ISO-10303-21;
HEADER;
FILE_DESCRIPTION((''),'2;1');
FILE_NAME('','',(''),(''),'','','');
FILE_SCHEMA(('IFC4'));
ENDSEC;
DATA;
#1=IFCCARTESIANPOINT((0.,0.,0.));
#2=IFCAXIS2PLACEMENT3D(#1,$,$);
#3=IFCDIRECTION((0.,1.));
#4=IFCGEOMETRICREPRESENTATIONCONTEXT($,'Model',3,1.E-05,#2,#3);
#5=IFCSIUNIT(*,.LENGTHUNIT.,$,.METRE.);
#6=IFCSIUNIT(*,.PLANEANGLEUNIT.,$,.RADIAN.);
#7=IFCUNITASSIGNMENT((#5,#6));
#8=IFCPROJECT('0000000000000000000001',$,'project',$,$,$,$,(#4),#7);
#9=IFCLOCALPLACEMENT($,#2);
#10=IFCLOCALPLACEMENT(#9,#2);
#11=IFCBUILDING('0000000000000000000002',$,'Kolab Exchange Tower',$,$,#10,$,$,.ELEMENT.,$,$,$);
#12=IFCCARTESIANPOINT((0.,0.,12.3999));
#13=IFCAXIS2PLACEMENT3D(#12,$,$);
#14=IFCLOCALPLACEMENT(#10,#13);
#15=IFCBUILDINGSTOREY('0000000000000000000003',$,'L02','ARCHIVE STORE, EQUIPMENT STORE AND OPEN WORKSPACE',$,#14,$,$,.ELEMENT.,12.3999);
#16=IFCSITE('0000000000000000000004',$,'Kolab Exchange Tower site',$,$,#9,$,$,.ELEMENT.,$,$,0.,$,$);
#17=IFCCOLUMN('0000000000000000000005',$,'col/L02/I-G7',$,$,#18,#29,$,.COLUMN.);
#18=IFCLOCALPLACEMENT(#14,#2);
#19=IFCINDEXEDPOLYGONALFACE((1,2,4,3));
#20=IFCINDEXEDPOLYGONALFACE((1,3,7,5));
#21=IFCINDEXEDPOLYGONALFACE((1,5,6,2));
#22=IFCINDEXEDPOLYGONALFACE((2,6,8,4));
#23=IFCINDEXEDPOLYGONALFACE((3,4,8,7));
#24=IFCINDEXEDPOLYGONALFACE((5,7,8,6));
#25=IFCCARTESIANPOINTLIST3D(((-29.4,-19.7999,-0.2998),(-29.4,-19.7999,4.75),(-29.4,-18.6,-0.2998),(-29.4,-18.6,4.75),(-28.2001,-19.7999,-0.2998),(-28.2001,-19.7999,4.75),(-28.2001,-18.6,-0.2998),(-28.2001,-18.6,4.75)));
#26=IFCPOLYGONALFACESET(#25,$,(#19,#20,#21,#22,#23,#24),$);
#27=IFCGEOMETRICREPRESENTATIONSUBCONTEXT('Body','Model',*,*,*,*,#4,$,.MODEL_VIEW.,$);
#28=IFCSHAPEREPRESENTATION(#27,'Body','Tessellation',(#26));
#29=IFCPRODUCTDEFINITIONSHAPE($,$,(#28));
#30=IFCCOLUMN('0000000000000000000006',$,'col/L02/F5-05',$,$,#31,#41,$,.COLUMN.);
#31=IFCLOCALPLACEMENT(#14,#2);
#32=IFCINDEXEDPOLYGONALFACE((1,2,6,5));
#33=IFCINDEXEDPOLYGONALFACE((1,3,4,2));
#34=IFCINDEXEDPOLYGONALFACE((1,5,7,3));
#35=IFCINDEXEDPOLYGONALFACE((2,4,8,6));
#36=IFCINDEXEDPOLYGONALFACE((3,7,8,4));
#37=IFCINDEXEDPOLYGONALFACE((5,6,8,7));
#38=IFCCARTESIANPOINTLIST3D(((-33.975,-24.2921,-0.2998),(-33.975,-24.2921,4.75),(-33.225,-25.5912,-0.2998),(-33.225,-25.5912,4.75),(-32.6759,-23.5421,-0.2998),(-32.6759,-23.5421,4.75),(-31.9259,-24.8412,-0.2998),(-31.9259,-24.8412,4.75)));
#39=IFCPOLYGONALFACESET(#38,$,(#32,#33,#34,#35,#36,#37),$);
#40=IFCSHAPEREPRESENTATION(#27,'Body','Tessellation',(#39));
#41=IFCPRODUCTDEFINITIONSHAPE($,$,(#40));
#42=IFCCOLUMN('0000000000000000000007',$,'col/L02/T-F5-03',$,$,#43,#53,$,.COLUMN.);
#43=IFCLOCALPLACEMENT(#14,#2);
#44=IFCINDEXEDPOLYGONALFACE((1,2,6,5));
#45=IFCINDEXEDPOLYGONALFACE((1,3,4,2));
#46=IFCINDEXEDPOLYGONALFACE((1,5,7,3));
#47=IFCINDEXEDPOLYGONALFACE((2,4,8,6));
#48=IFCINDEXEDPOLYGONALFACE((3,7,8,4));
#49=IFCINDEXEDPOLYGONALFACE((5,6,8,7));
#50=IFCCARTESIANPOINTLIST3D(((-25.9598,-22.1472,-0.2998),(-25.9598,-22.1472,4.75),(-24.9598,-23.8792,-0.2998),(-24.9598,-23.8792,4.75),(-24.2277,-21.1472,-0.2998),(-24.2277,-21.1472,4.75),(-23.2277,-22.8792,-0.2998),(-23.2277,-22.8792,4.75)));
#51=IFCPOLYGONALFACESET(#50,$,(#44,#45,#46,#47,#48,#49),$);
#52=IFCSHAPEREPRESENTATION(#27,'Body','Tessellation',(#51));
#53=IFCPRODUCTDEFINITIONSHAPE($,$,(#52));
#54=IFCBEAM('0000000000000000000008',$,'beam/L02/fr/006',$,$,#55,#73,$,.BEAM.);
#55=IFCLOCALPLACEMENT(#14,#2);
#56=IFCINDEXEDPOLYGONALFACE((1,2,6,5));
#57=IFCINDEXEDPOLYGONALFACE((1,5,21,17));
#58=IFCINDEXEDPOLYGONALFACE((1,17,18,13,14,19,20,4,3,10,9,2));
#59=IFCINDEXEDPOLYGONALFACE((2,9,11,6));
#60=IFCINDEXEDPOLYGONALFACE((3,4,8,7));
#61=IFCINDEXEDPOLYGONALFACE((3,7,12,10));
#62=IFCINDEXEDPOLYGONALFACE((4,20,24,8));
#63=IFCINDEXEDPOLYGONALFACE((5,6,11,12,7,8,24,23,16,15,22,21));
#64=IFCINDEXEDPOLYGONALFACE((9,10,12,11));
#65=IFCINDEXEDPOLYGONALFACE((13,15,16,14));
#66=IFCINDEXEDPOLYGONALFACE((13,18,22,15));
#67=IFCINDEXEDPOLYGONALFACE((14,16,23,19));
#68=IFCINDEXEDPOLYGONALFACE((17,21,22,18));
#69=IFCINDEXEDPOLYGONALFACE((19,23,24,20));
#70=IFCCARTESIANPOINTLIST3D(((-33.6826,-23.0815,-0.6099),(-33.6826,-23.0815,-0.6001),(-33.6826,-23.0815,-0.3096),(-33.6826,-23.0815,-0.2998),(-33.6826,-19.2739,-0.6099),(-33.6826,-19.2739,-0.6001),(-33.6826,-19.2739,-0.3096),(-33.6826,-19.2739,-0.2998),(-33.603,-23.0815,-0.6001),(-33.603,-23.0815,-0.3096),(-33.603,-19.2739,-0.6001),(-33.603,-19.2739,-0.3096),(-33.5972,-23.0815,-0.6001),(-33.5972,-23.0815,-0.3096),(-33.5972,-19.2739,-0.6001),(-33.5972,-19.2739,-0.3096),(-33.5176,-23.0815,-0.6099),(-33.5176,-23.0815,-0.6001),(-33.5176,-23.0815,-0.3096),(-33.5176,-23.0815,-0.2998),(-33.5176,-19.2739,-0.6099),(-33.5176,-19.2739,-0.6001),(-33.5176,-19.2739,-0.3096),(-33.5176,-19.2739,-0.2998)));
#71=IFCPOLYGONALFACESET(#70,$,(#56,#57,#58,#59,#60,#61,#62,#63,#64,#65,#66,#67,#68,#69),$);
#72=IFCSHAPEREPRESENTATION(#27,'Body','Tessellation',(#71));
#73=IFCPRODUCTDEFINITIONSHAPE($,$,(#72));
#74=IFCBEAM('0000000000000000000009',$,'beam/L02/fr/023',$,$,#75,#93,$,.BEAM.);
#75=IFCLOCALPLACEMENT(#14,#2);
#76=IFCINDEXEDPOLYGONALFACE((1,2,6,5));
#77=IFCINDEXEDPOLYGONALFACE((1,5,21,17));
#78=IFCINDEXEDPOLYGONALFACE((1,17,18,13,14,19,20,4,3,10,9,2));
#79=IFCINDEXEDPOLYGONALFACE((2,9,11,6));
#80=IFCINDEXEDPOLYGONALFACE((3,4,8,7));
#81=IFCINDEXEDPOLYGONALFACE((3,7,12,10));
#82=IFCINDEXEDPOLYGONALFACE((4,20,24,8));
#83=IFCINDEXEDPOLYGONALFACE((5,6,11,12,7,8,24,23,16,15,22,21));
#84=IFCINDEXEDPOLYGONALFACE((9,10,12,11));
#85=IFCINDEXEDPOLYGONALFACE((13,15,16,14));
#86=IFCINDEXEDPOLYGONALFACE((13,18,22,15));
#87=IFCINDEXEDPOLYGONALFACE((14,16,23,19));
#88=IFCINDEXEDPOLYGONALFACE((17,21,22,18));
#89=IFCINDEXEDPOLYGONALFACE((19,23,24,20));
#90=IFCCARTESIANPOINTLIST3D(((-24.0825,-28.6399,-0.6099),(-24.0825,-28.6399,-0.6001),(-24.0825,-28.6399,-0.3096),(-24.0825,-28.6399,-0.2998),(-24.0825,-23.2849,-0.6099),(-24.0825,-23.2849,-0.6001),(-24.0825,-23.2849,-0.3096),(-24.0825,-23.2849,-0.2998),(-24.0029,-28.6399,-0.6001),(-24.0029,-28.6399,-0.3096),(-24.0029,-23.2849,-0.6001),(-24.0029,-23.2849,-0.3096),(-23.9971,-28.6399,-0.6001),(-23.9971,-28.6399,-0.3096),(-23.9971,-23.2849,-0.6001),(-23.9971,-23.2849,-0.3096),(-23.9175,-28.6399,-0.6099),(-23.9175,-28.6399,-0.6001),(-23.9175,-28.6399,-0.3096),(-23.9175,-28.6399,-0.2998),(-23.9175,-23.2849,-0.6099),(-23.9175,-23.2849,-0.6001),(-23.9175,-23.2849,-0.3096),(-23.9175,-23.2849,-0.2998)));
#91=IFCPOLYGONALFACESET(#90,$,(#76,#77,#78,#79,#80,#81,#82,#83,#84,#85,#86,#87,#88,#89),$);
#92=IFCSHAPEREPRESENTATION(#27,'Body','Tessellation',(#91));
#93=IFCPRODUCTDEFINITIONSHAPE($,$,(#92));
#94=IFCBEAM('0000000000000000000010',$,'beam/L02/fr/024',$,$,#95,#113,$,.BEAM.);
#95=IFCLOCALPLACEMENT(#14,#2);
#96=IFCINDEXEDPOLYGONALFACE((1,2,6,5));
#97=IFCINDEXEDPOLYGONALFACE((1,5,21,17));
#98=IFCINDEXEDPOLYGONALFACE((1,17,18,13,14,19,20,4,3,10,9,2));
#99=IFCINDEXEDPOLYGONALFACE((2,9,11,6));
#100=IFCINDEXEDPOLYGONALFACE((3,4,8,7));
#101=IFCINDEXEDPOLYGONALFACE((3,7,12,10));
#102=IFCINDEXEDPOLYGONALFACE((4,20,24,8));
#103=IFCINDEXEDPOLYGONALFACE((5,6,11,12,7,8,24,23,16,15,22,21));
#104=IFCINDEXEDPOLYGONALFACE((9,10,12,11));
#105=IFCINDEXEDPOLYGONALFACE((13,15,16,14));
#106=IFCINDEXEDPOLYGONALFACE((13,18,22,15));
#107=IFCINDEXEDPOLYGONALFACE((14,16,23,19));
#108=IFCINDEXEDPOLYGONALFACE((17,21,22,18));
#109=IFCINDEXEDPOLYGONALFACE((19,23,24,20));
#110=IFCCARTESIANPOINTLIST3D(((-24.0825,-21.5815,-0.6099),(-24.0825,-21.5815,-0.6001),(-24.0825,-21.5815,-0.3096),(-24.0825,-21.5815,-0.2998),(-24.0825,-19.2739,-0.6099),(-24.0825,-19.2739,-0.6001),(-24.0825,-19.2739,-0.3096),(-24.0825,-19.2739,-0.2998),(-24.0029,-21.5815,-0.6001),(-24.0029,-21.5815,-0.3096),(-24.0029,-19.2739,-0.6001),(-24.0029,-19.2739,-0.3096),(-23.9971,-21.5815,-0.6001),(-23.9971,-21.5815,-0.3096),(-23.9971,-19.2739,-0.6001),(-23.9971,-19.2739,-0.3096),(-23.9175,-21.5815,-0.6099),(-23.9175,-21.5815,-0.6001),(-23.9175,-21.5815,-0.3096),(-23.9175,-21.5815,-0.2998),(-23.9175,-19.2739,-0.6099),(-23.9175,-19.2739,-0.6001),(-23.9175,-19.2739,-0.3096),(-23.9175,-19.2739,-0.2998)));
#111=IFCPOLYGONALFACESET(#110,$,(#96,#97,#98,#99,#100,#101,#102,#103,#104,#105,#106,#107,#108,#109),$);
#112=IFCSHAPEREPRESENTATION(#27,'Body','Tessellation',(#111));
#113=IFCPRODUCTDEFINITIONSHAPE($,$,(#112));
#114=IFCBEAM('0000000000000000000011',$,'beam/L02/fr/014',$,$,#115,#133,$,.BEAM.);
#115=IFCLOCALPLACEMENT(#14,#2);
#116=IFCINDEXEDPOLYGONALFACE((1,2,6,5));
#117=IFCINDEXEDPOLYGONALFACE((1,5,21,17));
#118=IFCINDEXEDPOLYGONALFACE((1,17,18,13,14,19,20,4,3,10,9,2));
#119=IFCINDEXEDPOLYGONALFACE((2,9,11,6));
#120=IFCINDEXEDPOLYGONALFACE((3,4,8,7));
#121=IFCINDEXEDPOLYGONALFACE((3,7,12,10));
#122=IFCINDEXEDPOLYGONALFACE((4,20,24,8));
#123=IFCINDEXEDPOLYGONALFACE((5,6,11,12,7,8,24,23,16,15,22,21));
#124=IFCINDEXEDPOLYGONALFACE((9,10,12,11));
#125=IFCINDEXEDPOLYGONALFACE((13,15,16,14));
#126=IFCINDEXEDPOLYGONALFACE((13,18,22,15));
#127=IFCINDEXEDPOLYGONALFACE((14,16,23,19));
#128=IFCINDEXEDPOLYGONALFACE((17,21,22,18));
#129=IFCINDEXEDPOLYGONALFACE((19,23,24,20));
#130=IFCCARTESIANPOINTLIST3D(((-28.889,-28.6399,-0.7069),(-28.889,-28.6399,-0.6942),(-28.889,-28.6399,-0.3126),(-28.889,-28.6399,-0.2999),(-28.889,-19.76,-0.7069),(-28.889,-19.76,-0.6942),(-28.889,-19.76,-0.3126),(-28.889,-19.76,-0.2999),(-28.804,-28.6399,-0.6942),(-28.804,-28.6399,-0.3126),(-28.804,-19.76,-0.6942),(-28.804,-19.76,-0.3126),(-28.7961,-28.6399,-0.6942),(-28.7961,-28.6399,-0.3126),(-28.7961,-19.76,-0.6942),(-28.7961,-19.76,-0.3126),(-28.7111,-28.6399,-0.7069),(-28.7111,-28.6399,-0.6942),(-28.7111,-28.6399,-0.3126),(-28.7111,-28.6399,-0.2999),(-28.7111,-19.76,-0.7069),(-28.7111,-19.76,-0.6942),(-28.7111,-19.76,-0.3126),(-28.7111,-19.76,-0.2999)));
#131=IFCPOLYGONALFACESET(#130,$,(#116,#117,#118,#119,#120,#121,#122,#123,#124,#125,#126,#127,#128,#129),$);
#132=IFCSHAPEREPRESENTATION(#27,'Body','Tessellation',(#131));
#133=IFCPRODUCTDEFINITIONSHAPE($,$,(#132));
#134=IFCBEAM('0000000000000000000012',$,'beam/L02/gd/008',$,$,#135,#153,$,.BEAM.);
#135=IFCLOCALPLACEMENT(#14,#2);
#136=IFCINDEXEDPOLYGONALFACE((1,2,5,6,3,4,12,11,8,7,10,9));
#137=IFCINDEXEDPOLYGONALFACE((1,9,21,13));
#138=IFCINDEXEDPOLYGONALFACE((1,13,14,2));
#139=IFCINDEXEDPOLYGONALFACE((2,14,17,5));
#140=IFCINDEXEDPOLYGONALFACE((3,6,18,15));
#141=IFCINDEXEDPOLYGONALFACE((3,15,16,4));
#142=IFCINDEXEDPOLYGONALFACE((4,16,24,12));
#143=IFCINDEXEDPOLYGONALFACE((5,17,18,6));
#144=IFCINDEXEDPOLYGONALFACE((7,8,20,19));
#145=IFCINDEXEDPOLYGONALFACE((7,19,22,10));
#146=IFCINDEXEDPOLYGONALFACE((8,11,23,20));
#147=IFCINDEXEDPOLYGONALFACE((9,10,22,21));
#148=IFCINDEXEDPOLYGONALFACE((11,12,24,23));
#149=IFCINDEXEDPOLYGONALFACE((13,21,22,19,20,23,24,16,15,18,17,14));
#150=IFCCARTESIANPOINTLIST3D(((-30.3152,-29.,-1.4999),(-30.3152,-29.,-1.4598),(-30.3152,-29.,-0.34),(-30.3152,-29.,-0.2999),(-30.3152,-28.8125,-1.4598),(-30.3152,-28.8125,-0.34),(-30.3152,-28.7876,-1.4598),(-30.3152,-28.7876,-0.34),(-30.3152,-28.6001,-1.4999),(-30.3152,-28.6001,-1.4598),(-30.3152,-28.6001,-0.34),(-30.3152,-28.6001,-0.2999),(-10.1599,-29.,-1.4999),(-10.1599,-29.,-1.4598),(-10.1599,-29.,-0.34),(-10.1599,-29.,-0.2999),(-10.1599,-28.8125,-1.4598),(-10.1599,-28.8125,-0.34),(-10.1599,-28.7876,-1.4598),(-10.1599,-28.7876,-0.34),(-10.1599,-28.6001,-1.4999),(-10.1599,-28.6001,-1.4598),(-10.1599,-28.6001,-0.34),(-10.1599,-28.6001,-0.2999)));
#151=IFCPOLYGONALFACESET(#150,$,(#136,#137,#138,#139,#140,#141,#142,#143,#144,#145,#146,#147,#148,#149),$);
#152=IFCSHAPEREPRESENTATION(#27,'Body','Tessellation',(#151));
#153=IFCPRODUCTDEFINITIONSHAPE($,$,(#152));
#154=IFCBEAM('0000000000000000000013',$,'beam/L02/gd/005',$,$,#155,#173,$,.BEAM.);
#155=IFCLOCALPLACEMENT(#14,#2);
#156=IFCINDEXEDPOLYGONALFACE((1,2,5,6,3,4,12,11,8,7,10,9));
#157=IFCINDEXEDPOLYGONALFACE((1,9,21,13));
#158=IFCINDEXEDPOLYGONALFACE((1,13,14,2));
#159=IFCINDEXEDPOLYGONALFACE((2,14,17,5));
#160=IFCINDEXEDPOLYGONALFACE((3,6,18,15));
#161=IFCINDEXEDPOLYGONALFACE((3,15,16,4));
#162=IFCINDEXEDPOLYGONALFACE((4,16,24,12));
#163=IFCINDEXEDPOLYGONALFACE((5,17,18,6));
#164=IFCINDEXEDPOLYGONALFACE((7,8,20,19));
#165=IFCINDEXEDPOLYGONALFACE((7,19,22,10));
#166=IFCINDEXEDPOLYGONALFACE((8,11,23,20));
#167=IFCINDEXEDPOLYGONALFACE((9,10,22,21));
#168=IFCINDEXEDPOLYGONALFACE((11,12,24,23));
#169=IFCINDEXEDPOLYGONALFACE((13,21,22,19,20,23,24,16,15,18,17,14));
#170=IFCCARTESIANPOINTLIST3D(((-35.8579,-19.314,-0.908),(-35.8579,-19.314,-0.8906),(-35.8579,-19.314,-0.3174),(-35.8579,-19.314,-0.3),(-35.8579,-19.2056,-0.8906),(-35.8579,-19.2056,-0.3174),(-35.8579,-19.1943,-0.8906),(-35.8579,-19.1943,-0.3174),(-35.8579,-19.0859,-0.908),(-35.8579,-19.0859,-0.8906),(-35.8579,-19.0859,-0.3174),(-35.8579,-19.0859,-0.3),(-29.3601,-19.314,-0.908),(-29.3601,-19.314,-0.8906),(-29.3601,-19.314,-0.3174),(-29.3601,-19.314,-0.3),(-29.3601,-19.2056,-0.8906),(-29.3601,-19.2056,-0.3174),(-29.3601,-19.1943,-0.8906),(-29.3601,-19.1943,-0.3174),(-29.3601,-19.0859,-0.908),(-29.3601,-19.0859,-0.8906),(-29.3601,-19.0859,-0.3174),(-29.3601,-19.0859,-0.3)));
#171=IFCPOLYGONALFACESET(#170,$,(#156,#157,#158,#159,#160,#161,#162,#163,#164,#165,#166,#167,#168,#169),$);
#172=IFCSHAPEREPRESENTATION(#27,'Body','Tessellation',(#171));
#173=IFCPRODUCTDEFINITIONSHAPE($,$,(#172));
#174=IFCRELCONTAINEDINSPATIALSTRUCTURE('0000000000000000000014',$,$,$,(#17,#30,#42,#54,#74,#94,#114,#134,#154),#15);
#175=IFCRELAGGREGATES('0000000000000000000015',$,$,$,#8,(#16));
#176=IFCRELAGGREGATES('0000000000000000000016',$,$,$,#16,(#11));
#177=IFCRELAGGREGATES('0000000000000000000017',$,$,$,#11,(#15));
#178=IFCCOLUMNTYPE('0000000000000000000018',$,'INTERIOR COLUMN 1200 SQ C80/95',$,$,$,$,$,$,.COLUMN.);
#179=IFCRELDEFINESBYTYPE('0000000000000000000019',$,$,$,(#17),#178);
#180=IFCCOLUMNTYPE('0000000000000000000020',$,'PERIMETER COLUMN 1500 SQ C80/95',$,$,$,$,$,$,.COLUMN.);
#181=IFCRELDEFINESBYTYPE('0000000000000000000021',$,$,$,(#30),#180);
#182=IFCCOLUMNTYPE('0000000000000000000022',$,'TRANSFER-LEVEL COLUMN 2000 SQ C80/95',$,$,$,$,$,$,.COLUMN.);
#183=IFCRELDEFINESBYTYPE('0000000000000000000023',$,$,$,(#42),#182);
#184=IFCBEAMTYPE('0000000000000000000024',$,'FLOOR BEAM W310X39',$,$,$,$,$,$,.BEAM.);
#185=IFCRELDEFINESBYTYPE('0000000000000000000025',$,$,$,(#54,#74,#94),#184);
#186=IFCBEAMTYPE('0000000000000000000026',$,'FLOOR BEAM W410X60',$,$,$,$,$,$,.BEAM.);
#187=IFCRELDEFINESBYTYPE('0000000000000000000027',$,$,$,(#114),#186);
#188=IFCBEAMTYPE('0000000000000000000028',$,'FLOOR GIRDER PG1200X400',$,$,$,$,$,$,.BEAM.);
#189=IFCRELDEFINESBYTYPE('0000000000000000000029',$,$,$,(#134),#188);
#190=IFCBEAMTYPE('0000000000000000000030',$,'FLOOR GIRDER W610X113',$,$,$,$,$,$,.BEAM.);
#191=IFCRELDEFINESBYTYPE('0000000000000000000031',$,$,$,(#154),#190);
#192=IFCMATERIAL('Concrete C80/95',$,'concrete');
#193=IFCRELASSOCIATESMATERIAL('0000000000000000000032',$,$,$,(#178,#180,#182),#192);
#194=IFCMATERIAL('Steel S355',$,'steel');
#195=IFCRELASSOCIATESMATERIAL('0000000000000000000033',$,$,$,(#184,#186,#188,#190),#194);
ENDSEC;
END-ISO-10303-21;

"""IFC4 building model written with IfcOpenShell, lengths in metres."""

from ifc_helpers import new_model, si_unit, direction, frame, origin, origin_2d, place, context, subcontext, project, spatial, rectangle, i_section, extrude, material, material_profile, profile_set, type_object, element, save


model = new_model("IFC4")

# Units and contexts
model_context = context("Model", 3, precision=1e-05, world=origin(), true_north=direction((0.0, 1.0)))
body_context = subcontext(model_context, "Body", "Model", "MODEL_VIEW")
ifc_project = project(units=[si_unit("LENGTHUNIT", "METRE"), si_unit("PLANEANGLEUNIT", "RADIAN")], contexts=[model_context])

# Site, building, storey
site_placement = place(None, origin())
site = spatial("IfcSite", under=ifc_project, at=site_placement, Name="Kolab Exchange Tower site", CompositionType="ELEMENT", RefElevation=0.0)
building_placement = place(site_placement, origin())
building = spatial("IfcBuilding", under=site, at=building_placement, Name="Kolab Exchange Tower", CompositionType="ELEMENT")
storey_placement = place(building_placement, frame((0.0, 0.0, 12.3999)))
storey = spatial("IfcBuildingStorey", under=building, at=storey_placement, Name="L02", Description="ARCHIVE STORE, EQUIPMENT STORE AND OPEN WORKSPACE", CompositionType="ELEMENT", Elevation=12.3999)

# Columns
ifc_material_1 = material(Name="Concrete C80/95", Category="concrete")
ifc_material_profile_1 = material_profile(ifc_material_1, rectangle(XDim=1.2, YDim=1.2, at=origin_2d()), Name="RC1200")
ifc_profile_set_1 = profile_set([ifc_material_profile_1], Name="Concrete C80/95")
column_type_1 = type_object("IfcColumnType", Name="INTERIOR COLUMN 1200 SQ C80/95", PredefinedType="COLUMN", material=ifc_profile_set_1)
column_1_placement = place(storey_placement, frame((-28.8, -19.2, -0.2998), z_axis=(0.0, 0.0, 1.0), x_axis=(1.0, 0.0, 0.0)))
element("IfcColumn", 1, at=column_1_placement, inside=storey, type_object=column_type_1, Name="col/L02/I-G7", PredefinedType="COLUMN", context=body_context, shape_type="SweptSolid", body=[
    extrude(rectangle(XDim=1.2, YDim=1.2, at=origin_2d()), origin(), (0.0, 0.0, 1.0), 5.0498),
])
ifc_material_profile_2 = material_profile(ifc_material_1, rectangle(XDim=1.5, YDim=1.5, at=origin_2d()), Name="RC1500")
ifc_profile_set_2 = profile_set([ifc_material_profile_2], Name="Concrete C80/95")
column_type_2 = type_object("IfcColumnType", Name="PERIMETER COLUMN 1500 SQ C80/95", PredefinedType="COLUMN", material=ifc_profile_set_2)
column_2_placement = place(storey_placement, frame((-32.9504, -24.5667, -0.2998), z_axis=(0.0, 0.0, 1.0), x_axis=(0.866025, 0.5, 0.0)))
element("IfcColumn", 2, at=column_2_placement, inside=storey, type_object=column_type_2, Name="col/L02/F5-05", PredefinedType="COLUMN", context=body_context, shape_type="SweptSolid", body=[
    extrude(rectangle(XDim=1.5, YDim=1.5, at=origin_2d()), origin(), (0.0, 0.0, 1.0), 5.0498),
])
ifc_material_profile_3 = material_profile(ifc_material_1, rectangle(XDim=2.0, YDim=2.0, at=origin_2d()), Name="RC2000")
ifc_profile_set_3 = profile_set([ifc_material_profile_3], Name="Concrete C80/95")
column_type_3 = type_object("IfcColumnType", Name="TRANSFER-LEVEL COLUMN 2000 SQ C80/95", PredefinedType="COLUMN", material=ifc_profile_set_3)
column_3_placement = place(storey_placement, frame((-24.5938, -22.5132, -0.2998), z_axis=(0.0, 0.0, 1.0), x_axis=(0.866025, 0.5, 0.0)))
element("IfcColumn", 3, at=column_3_placement, inside=storey, type_object=column_type_3, Name="col/L02/T-F5-03", PredefinedType="COLUMN", context=body_context, shape_type="SweptSolid", body=[
    extrude(rectangle(XDim=2.0, YDim=2.0, at=origin_2d()), origin(), (0.0, 0.0, 1.0), 5.0498),
])

# Beams
ifc_material_2 = material(Name="Steel S355", Category="steel")
ifc_material_profile_4 = material_profile(ifc_material_2, i_section(OverallWidth=0.165, OverallDepth=0.3101, WebThickness=0.0059, FlangeThickness=0.0098, at=origin_2d()), Name="W310X39")
ifc_profile_set_4 = profile_set([ifc_material_profile_4], Name="Steel S355")
beam_type_1 = type_object("IfcBeamType", Name="FLOOR BEAM W310X39", PredefinedType="BEAM", material=ifc_profile_set_4)
beam_1_placement = place(storey_placement, frame((-33.6001, -23.0815, -0.4548), z_axis=(0.0, 1.0, 0.0), x_axis=(-1.0, 0.0, 0.0)))
element("IfcBeam", 4, at=beam_1_placement, inside=storey, type_object=beam_type_1, Name="beam/L02/fr/006", PredefinedType="BEAM", context=body_context, shape_type="SweptSolid", body=[
    extrude(i_section(OverallWidth=0.165, OverallDepth=0.3101, WebThickness=0.0059, FlangeThickness=0.0098, at=origin_2d()), origin(), (0.0, 0.0, 1.0), 3.8076),
])
beam_2_placement = place(storey_placement, frame((-24.0, -28.6399, -0.4548), z_axis=(0.0, 1.0, 0.0), x_axis=(-1.0, 0.0, 0.0)))
element("IfcBeam", 5, at=beam_2_placement, inside=storey, type_object=beam_type_1, Name="beam/L02/fr/023", PredefinedType="BEAM", context=body_context, shape_type="SweptSolid", body=[
    extrude(i_section(OverallWidth=0.165, OverallDepth=0.3101, WebThickness=0.0059, FlangeThickness=0.0098, at=origin_2d()), origin(), (0.0, 0.0, 1.0), 5.355),
])
beam_3_placement = place(storey_placement, frame((-24.0, -21.5815, -0.4548), z_axis=(0.0, 1.0, 0.0), x_axis=(-1.0, 0.0, 0.0)))
element("IfcBeam", 6, at=beam_3_placement, inside=storey, type_object=beam_type_1, Name="beam/L02/fr/024", PredefinedType="BEAM", context=body_context, shape_type="SweptSolid", body=[
    extrude(i_section(OverallWidth=0.165, OverallDepth=0.3101, WebThickness=0.0059, FlangeThickness=0.0098, at=origin_2d()), origin(), (0.0, 0.0, 1.0), 2.3076),
])
ifc_material_profile_5 = material_profile(ifc_material_2, i_section(OverallWidth=0.178, OverallDepth=0.407, WebThickness=0.0078, FlangeThickness=0.0127, at=origin_2d()), Name="W410X60")
ifc_profile_set_5 = profile_set([ifc_material_profile_5], Name="Steel S355")
beam_type_2 = type_object("IfcBeamType", Name="FLOOR BEAM W410X60", PredefinedType="BEAM", material=ifc_profile_set_5)
beam_4_placement = place(storey_placement, frame((-28.8, -28.6399, -0.5034), z_axis=(0.0, 1.0, 0.0), x_axis=(-1.0, 0.0, 0.0)))
element("IfcBeam", 7, at=beam_4_placement, inside=storey, type_object=beam_type_2, Name="beam/L02/fr/014", PredefinedType="BEAM", context=body_context, shape_type="SweptSolid", body=[
    extrude(i_section(OverallWidth=0.178, OverallDepth=0.407, WebThickness=0.0078, FlangeThickness=0.0127, at=origin_2d()), origin(), (0.0, 0.0, 1.0), 8.8799),
])
ifc_material_profile_6 = material_profile(ifc_material_2, i_section(OverallWidth=0.3999, OverallDepth=1.2, WebThickness=0.0249, FlangeThickness=0.04, at=origin_2d()), Name="PG1200X400")
ifc_profile_set_6 = profile_set([ifc_material_profile_6], Name="Steel S355")
beam_type_3 = type_object("IfcBeamType", Name="FLOOR GIRDER PG1200X400", PredefinedType="BEAM", material=ifc_profile_set_6)
beam_5_placement = place(storey_placement, frame((-30.3152, -28.8, -0.8999), z_axis=(1.0, 0.0, 0.0), x_axis=(0.0, 1.0, 0.0)))
element("IfcBeam", 8, at=beam_5_placement, inside=storey, type_object=beam_type_3, Name="beam/L02/gd/008", PredefinedType="BEAM", context=body_context, shape_type="SweptSolid", body=[
    extrude(i_section(OverallWidth=0.3999, OverallDepth=1.2, WebThickness=0.0249, FlangeThickness=0.04, at=origin_2d()), origin(), (0.0, 0.0, 1.0), 20.1553),
])
ifc_material_profile_7 = material_profile(ifc_material_2, i_section(OverallWidth=0.228, OverallDepth=0.6079, WebThickness=0.0112, FlangeThickness=0.0173, at=origin_2d()), Name="W610X113")
ifc_profile_set_7 = profile_set([ifc_material_profile_7], Name="Steel S355")
beam_type_4 = type_object("IfcBeamType", Name="FLOOR GIRDER W610X113", PredefinedType="BEAM", material=ifc_profile_set_7)
beam_6_placement = place(storey_placement, frame((-35.8579, -19.2, -0.604), z_axis=(1.0, 0.0, 0.0), x_axis=(0.0, 1.0, 0.0)))
element("IfcBeam", 9, at=beam_6_placement, inside=storey, type_object=beam_type_4, Name="beam/L02/gd/005", PredefinedType="BEAM", context=body_context, shape_type="SweptSolid", body=[
    extrude(i_section(OverallWidth=0.228, OverallDepth=0.6079, WebThickness=0.0112, FlangeThickness=0.0173, at=origin_2d()), origin(), (0.0, 0.0, 1.0), 6.4978),
])

save(model, "model.ifc")
